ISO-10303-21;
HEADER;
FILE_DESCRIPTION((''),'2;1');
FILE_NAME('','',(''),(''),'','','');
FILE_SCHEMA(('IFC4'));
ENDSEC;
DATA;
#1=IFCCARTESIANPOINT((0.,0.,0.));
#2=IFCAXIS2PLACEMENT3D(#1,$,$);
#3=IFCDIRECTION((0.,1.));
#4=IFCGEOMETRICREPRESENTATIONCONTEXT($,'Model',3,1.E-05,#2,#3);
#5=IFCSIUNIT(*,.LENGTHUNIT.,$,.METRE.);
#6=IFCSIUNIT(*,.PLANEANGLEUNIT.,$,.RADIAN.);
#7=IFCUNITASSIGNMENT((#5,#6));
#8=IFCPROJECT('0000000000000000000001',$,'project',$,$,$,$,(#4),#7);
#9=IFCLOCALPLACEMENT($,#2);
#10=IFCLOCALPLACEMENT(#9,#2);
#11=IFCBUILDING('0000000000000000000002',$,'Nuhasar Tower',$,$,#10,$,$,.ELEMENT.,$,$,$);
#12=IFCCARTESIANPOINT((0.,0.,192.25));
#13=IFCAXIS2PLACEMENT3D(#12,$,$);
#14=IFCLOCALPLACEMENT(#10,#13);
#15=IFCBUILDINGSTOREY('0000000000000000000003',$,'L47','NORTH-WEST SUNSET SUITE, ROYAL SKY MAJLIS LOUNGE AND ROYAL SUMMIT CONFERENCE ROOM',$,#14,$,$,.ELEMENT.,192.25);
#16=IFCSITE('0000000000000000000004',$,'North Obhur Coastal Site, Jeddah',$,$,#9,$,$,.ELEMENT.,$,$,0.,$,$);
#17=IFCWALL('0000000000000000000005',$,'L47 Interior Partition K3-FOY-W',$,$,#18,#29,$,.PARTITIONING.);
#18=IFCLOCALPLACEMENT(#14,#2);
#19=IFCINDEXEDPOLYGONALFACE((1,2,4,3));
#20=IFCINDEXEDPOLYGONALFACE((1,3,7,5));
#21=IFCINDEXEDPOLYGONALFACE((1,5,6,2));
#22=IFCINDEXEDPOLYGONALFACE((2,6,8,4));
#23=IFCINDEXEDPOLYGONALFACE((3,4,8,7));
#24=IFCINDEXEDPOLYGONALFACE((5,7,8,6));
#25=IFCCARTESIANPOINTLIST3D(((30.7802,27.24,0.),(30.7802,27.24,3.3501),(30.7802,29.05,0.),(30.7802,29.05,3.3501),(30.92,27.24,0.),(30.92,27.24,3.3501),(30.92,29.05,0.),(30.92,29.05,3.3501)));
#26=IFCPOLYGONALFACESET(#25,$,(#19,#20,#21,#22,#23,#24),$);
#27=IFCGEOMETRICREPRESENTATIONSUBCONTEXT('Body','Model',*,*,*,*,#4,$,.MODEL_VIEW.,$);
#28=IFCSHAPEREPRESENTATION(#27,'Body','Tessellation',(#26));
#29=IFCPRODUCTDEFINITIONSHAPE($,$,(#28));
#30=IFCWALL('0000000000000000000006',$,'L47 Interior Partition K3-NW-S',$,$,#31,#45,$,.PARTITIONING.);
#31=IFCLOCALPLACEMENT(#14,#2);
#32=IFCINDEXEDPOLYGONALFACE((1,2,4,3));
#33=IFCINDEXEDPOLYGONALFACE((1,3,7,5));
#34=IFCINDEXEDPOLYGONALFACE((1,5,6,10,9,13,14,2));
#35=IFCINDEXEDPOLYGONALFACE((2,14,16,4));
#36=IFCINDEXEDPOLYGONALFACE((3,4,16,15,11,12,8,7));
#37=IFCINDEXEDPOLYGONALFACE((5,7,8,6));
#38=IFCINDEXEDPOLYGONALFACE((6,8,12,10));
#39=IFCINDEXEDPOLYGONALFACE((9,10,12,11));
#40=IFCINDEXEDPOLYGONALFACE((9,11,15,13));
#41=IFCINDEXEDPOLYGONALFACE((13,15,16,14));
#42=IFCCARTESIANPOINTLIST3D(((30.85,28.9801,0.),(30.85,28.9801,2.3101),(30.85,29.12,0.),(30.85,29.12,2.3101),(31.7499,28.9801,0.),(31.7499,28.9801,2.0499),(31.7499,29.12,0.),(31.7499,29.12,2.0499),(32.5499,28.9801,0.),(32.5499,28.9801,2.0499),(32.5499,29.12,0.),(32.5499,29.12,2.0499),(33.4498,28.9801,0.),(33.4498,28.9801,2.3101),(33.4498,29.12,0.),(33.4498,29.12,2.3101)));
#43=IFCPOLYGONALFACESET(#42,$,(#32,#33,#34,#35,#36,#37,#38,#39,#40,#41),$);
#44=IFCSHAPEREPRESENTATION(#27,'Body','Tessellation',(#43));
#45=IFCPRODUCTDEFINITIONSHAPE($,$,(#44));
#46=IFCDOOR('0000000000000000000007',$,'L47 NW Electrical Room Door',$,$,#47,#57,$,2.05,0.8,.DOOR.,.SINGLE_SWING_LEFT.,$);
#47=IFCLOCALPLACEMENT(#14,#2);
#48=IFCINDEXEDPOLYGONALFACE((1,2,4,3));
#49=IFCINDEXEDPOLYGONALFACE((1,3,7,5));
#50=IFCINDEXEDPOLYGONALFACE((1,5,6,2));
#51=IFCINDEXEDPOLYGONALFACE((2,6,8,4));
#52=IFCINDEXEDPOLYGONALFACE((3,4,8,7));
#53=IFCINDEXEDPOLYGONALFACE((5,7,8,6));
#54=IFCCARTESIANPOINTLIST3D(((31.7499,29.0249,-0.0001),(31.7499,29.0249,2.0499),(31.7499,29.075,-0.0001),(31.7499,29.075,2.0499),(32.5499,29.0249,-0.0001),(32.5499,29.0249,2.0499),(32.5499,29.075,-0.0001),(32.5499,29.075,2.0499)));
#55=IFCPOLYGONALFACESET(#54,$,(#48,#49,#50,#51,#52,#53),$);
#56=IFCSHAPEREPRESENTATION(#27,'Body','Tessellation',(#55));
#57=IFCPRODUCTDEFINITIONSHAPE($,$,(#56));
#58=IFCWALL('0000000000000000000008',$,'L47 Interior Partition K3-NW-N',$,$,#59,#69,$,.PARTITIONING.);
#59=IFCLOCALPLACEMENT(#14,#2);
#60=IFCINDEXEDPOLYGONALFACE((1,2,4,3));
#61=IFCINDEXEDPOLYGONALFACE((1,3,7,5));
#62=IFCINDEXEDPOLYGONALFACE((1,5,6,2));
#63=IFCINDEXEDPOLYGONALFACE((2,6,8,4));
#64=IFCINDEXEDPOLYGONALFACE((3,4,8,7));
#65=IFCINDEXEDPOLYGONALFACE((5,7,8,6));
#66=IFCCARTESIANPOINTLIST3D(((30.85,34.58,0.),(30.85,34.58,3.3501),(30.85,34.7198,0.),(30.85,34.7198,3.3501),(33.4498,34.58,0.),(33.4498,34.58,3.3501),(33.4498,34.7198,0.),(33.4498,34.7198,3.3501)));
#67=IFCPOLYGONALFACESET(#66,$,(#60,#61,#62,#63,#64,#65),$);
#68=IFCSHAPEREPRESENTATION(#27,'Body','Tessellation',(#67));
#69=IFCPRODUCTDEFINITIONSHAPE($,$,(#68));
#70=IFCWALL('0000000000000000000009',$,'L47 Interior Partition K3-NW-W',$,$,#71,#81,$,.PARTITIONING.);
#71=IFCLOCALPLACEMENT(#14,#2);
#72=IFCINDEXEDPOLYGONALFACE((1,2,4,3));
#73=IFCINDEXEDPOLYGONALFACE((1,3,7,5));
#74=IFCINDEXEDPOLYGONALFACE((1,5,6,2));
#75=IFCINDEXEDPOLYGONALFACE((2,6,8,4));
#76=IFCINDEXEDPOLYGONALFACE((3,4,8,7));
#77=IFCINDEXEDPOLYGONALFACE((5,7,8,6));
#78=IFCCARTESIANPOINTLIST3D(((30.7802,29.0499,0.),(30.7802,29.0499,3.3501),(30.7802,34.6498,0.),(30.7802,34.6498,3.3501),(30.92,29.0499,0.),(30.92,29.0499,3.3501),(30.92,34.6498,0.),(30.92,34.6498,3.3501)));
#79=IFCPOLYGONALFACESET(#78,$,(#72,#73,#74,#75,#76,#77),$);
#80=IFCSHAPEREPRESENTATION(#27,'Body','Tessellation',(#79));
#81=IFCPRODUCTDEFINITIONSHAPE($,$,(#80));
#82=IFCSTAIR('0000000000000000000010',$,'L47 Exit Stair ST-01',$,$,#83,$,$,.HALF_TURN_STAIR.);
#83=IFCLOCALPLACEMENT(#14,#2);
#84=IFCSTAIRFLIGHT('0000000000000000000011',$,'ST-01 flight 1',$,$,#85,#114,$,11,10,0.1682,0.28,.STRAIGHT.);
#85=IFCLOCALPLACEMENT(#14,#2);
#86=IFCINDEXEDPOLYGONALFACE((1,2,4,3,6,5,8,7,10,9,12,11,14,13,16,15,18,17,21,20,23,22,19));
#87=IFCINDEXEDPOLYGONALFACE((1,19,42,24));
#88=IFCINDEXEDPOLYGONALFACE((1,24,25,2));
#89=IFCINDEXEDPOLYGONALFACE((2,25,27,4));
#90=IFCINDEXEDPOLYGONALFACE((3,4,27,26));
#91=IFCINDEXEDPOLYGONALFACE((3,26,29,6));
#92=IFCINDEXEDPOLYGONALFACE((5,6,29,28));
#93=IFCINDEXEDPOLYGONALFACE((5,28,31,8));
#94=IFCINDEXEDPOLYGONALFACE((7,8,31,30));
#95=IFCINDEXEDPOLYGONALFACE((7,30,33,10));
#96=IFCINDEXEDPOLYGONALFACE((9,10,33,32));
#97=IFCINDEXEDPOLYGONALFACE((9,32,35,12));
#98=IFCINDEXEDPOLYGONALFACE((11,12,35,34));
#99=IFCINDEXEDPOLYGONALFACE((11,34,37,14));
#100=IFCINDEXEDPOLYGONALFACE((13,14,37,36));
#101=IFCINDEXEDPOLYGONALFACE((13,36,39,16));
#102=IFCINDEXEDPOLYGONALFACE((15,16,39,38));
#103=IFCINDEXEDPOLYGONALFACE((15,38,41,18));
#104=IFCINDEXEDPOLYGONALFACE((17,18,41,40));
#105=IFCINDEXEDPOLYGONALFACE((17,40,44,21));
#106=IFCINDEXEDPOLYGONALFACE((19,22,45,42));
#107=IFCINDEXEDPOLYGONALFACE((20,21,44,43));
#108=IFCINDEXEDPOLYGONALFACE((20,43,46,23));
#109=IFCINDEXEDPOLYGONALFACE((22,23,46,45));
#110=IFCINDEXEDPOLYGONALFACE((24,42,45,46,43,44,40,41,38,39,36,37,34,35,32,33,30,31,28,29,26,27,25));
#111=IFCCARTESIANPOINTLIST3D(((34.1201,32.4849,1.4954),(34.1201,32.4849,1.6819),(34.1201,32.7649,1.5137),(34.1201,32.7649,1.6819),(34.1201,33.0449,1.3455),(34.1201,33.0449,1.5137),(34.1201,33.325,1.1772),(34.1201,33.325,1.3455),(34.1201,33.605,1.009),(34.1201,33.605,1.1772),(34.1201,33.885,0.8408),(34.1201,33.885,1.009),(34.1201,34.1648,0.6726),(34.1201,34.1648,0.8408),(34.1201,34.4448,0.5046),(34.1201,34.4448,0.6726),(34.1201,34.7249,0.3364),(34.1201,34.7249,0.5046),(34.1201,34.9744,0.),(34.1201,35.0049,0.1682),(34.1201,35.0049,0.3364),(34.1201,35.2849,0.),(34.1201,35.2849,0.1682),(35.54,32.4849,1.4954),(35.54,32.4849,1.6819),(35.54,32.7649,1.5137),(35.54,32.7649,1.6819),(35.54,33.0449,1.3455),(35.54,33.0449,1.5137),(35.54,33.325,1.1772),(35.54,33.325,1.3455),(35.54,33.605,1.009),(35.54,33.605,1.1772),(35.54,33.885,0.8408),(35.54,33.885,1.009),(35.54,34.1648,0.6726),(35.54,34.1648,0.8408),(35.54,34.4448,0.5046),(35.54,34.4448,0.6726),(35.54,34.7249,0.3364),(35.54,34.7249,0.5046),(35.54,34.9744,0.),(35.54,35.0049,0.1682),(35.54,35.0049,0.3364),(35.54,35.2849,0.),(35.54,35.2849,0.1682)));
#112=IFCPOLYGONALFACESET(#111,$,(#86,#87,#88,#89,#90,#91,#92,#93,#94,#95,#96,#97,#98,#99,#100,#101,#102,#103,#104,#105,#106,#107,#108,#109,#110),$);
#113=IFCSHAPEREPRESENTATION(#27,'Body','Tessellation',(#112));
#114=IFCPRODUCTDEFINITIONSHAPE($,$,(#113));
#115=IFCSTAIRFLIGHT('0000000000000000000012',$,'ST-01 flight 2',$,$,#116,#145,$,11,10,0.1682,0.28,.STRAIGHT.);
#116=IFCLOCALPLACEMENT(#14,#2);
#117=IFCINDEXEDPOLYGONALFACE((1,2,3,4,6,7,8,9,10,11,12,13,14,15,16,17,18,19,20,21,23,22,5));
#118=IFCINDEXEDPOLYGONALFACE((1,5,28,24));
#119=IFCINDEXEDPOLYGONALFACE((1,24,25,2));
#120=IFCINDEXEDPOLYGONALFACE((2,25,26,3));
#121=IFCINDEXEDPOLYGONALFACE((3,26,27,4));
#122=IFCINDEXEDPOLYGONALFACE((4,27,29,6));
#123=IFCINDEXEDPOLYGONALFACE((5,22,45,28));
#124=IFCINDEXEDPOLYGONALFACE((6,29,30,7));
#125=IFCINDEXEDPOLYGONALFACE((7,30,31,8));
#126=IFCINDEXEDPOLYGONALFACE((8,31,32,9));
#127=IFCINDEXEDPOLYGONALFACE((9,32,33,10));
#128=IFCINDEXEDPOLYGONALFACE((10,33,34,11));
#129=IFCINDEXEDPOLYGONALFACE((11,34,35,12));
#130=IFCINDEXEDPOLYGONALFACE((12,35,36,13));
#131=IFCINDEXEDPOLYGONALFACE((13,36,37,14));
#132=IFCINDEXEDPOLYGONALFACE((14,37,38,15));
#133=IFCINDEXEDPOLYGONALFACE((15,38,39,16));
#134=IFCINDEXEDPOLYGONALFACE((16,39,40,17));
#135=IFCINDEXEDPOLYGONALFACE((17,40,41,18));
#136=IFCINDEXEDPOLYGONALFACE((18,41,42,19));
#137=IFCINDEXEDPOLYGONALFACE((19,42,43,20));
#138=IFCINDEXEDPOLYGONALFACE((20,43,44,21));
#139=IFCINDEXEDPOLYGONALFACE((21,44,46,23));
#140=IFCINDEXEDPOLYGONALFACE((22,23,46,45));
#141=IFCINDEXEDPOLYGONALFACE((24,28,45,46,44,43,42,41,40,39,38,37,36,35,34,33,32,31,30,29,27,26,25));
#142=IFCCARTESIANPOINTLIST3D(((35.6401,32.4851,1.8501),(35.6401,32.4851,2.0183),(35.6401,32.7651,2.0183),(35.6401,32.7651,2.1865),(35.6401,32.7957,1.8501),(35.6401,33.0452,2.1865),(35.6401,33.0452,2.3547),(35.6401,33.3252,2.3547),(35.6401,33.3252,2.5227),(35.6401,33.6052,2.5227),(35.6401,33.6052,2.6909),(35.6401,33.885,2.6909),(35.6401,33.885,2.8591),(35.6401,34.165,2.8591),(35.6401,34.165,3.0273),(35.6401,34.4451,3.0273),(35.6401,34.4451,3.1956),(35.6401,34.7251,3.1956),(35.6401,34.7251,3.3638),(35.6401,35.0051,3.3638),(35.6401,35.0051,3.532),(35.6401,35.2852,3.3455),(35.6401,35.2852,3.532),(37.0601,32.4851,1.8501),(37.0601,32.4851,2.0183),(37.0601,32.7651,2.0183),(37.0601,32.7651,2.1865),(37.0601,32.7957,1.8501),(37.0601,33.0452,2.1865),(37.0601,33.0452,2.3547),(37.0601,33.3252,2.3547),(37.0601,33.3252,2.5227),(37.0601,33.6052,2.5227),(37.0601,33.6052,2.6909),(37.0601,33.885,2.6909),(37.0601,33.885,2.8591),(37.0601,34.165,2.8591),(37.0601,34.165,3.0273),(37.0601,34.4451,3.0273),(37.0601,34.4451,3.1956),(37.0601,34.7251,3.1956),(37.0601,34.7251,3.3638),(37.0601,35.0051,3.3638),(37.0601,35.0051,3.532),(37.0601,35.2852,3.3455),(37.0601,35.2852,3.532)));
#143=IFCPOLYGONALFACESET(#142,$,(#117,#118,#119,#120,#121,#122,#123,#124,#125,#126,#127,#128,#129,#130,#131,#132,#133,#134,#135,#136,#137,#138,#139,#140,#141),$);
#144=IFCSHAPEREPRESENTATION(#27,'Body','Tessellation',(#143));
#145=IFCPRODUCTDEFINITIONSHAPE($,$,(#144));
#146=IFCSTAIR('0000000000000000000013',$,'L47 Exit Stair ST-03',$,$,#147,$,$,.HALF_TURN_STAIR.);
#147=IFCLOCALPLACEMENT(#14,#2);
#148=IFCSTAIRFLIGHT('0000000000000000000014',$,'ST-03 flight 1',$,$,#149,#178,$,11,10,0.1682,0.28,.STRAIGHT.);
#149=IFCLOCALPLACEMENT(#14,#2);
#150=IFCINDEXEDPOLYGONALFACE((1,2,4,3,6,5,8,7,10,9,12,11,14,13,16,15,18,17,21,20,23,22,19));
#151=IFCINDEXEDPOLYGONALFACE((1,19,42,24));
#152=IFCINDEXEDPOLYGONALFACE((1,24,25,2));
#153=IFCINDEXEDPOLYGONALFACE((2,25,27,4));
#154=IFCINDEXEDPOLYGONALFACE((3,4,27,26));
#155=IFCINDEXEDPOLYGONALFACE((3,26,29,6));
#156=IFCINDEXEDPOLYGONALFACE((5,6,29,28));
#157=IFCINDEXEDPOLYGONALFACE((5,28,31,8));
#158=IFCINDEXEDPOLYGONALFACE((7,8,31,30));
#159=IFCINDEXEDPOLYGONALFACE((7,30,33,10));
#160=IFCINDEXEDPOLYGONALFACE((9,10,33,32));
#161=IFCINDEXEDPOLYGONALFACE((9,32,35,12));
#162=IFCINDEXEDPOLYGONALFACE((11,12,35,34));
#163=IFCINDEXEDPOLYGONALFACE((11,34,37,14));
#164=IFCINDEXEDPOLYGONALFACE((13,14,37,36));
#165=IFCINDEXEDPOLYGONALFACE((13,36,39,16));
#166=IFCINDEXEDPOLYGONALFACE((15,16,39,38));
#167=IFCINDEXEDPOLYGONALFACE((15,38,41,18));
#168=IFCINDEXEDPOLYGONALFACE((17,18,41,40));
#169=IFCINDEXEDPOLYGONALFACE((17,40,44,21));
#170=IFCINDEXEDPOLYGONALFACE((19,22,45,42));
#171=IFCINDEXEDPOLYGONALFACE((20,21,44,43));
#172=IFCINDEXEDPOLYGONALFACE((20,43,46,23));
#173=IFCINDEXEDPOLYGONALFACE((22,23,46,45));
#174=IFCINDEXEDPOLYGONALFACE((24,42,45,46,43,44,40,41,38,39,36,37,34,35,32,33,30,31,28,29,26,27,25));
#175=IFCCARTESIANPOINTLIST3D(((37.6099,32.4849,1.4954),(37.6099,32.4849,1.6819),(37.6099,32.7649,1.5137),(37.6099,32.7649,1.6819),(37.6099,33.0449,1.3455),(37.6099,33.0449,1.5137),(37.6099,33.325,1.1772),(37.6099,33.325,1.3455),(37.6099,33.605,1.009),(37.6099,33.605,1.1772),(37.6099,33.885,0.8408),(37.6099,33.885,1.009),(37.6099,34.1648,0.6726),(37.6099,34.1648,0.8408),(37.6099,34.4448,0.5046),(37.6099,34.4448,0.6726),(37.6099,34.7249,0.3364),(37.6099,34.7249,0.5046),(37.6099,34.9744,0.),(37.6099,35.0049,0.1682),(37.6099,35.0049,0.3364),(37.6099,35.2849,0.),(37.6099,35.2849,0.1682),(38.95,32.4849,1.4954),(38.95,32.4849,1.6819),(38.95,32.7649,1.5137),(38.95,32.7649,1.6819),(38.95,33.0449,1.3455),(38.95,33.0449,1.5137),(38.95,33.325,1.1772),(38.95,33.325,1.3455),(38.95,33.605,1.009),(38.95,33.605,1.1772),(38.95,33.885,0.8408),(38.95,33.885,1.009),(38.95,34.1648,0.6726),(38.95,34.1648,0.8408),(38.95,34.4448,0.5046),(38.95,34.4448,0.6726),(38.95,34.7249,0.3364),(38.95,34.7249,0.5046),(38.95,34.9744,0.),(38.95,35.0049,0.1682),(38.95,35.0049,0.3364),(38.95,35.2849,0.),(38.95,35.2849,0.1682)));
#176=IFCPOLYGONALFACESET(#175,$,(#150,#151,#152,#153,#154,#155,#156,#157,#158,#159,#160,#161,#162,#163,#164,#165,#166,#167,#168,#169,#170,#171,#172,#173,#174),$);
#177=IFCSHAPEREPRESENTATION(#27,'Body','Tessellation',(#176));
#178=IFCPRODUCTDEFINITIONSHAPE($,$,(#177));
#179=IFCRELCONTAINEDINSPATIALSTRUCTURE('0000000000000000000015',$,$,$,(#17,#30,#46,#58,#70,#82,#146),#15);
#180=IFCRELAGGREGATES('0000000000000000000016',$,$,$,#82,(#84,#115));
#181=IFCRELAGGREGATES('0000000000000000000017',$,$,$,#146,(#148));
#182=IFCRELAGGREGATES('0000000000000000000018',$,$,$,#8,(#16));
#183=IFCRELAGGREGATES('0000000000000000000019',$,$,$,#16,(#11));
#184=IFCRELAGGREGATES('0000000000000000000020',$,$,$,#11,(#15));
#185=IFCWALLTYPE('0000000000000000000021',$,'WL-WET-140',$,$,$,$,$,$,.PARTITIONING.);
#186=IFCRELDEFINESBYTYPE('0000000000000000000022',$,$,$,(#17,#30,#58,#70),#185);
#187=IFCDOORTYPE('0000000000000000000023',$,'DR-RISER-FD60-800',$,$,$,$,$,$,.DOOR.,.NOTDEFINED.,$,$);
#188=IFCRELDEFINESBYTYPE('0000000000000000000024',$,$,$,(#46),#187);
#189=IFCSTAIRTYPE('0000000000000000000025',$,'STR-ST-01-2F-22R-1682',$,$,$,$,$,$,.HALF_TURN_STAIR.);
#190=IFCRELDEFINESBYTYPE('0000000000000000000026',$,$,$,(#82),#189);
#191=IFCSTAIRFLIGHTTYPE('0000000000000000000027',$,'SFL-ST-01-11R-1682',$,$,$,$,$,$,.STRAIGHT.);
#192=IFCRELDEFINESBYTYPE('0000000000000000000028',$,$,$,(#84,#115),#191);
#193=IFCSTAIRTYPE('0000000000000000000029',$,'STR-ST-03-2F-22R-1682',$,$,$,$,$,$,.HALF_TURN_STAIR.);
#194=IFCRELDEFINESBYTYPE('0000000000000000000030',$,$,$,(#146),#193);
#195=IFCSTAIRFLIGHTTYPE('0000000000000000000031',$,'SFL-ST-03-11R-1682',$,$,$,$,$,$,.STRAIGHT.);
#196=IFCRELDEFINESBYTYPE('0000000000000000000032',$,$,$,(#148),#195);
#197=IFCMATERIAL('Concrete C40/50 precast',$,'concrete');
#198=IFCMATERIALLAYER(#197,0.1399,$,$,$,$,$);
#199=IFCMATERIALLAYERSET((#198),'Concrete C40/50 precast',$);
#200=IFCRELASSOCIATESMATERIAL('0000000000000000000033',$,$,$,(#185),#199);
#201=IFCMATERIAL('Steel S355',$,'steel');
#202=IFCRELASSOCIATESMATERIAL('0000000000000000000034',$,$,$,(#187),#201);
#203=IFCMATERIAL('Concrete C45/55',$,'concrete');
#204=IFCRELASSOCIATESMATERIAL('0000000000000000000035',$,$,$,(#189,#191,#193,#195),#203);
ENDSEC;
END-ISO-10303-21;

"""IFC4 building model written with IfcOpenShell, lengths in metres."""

from ifc_helpers import new_model, si_unit, direction, frame, frame_2d, origin, place, context, subcontext, project, spatial, polyline, rectangle, outline, extrude, material, layer, layer_set, type_object, element, fill, aggregate, save


model = new_model("IFC4")

# Units and contexts
model_context = context("Model", 3, precision=1e-05, world=origin(), true_north=direction((0.0, 1.0)))
body_context = subcontext(model_context, "Body", "Model", "MODEL_VIEW")
ifc_project = project(units=[si_unit("LENGTHUNIT", "METRE"), si_unit("PLANEANGLEUNIT", "RADIAN")], contexts=[model_context])

# Site, building, storey
site_placement = place(None, origin())
site = spatial("IfcSite", under=ifc_project, at=site_placement, Name="North Obhur Coastal Site, Jeddah", CompositionType="ELEMENT", RefElevation=0.0)
building_placement = place(site_placement, origin())
building = spatial("IfcBuilding", under=site, at=building_placement, Name="Nuhasar Tower", CompositionType="ELEMENT")
storey_placement = place(building_placement, frame((0.0, 0.0, 192.25)))
storey = spatial("IfcBuildingStorey", under=building, at=storey_placement, Name="L47", Description="NORTH-WEST SUNSET SUITE, ROYAL SKY MAJLIS LOUNGE AND ROYAL SUMMIT CONFERENCE ROOM", CompositionType="ELEMENT", Elevation=192.25)

# Shared definitions
ifc_material_1 = material(Name="Steel S355", Category="steel")

# Shared definitions
ifc_material_2 = material(Name="Concrete C40/50 precast", Category="concrete")
ifc_layer_1 = layer(ifc_material_2, 0.1399)
ifc_layer_set_1 = layer_set([ifc_layer_1], Name="Concrete C40/50 precast")
wall_type_1 = type_object("IfcWallType", Name="WL-WET-140", PredefinedType="PARTITIONING", material=ifc_layer_set_1)

# Wall
wall_1_placement = place(storey_placement, frame((30.8501, 27.24, 0.0), z_axis=(0.0, 0.0, 1.0), x_axis=(0.0, 1.0, 0.0)))
element("IfcWall", 1, at=wall_1_placement, inside=storey, type_object=wall_type_1, Name="L47 Interior Partition K3-FOY-W", PredefinedType="PARTITIONING", context=body_context, shape_type="SweptSolid", body=[
    extrude(rectangle(XDim=1.8101, YDim=0.1399, at=frame_2d((0.905, 0.0))), origin(), (0.0, 0.0, 1.0), 3.3501),
])

# Wall, opening, door
wall_2_placement = place(storey_placement, frame((30.8501, 29.05, 0.0), z_axis=(0.0, 0.0, 1.0), x_axis=(1.0, 0.0, 0.0)))
wall_2 = element("IfcWall", 2, at=wall_2_placement, inside=storey, type_object=wall_type_1, Name="L47 Interior Partition K3-NW-S", PredefinedType="PARTITIONING", context=body_context, shape_type="SweptSolid", body=[
    extrude(rectangle(XDim=2.5999, YDim=0.1399, at=frame_2d((1.2998, 0.0))), origin(), (0.0, 0.0, 1.0), 2.3101),
])
opening_1_placement = place(wall_2_placement, frame((0.8999, 0.0, 0.0)))
opening_1 = element("IfcOpeningElement", 3, at=opening_1_placement, cuts=wall_2, PredefinedType="OPENING", context=body_context, shape_type="SweptSolid", body=[
    extrude(rectangle(XDim=0.8, YDim=2.05, at=frame_2d((0.3999, 1.0249))), frame((0.0, 0.0801, 0.0), z_axis=(0.0, -1.0, 0.0), x_axis=(1.0, 0.0, 0.0)), (0.0, 0.0, 1.0), 0.1599),
])
door_type_1 = type_object("IfcDoorType", Name="DR-RISER-FD60-800", OperationType="NOTDEFINED", PredefinedType="DOOR", material=ifc_material_1)
door_1_placement = place(opening_1_placement, origin())
door_1 = element("IfcDoor", 4, at=door_1_placement, inside=storey, type_object=door_type_1, Name="L47 NW Electrical Room Door", OperationType="SINGLE_SWING_LEFT", OverallHeight=2.05, OverallWidth=0.8, PredefinedType="DOOR", context=body_context, shape_type="SweptSolid", body=[
    extrude(rectangle(XDim=0.8, YDim=2.05, at=frame_2d((0.3999, 1.0249))), frame((0.0, 0.0249, 0.0), z_axis=(0.0, -1.0, 0.0), x_axis=(1.0, 0.0, 0.0)), (0.0, 0.0, 1.0), 0.05),
])
fill(opening_1, door_1)

# Walls
wall_3_placement = place(storey_placement, frame((30.8501, 34.6499, 0.0), z_axis=(0.0, 0.0, 1.0), x_axis=(1.0, 0.0, 0.0)))
element("IfcWall", 5, at=wall_3_placement, inside=storey, type_object=wall_type_1, Name="L47 Interior Partition K3-NW-N", PredefinedType="PARTITIONING", context=body_context, shape_type="SweptSolid", body=[
    extrude(rectangle(XDim=2.5999, YDim=0.1399, at=frame_2d((1.2998, 0.0))), origin(), (0.0, 0.0, 1.0), 3.3501),
])
wall_4_placement = place(storey_placement, frame((30.8501, 29.05, 0.0), z_axis=(0.0, 0.0, 1.0), x_axis=(0.0, 1.0, 0.0)))
element("IfcWall", 6, at=wall_4_placement, inside=storey, type_object=wall_type_1, Name="L47 Interior Partition K3-NW-W", PredefinedType="PARTITIONING", context=body_context, shape_type="SweptSolid", body=[
    extrude(rectangle(XDim=5.5999, YDim=0.1399, at=frame_2d((2.7998, 0.0))), origin(), (0.0, 0.0, 1.0), 3.3501),
])

# Stair, stair flights
ifc_material_3 = material(Name="Concrete C45/55", Category="concrete")
stair_type_1 = type_object("IfcStairType", Name="STR-ST-01-2F-22R-1682", PredefinedType="HALF_TURN_STAIR", material=ifc_material_3)
stair_1_placement = place(storey_placement, origin())
stair_1 = element("IfcStair", 7, at=stair_1_placement, inside=storey, type_object=stair_type_1, Name="L47 Exit Stair ST-01", PredefinedType="HALF_TURN_STAIR")
stair_flight_type_1 = type_object("IfcStairFlightType", Name="SFL-ST-01-11R-1682", PredefinedType="STRAIGHT", material=ifc_material_3)
stair_flight_1_placement = place(storey_placement, frame((34.8301, 35.2849, 0.0), z_axis=(0.0, 0.0, 1.0), x_axis=(0.0, -1.0, 0.0)))
stair_flight_1 = element("IfcStairFlight", 8, at=stair_flight_1_placement, type_object=stair_flight_type_1, Name="ST-01 flight 1", NumberOfRisers=11, NumberOfTreads=10, PredefinedType="STRAIGHT", RiserHeight=0.1682, TreadLength=0.28, context=body_context, shape_type="SweptSolid", body=[
    extrude(outline(polyline([(0.0, 0.0), (0.0, 0.1682), (0.28, 0.1682), (0.28, 0.3364), (0.5601, 0.3364), (0.5601, 0.5046), (0.8401, 0.5046), (0.8401, 0.6726), (1.1201, 0.6726), (1.1201, 0.8408), (1.3999, 0.8408), (1.3999, 1.009), (1.6799, 1.009), (1.6799, 1.1772), (1.96, 1.1772), (1.96, 1.3455), (2.24, 1.3455), (2.24, 1.5137), (2.52, 1.5137), (2.52, 1.6819), (2.8, 1.6819), (2.8, 1.8501), (2.8, 1.4954), (0.3105, 0.0), (0.0, 0.0)])), frame((0.0, 0.71, 0.0), z_axis=(0.0, -1.0, 0.0), x_axis=(1.0, 0.0, 0.0)), (0.0, 0.0, 1.0), 1.4199),
])
stair_flight_2_placement = place(storey_placement, frame((36.3501, 32.4851, 1.8501), z_axis=(0.0, 0.0, 1.0), x_axis=(0.0, 1.0, 0.0)))
stair_flight_2 = element("IfcStairFlight", 9, at=stair_flight_2_placement, type_object=stair_flight_type_1, Name="ST-01 flight 2", NumberOfRisers=11, NumberOfTreads=10, PredefinedType="STRAIGHT", RiserHeight=0.1682, TreadLength=0.28, context=body_context, shape_type="SweptSolid", body=[
    extrude(outline(polyline([(0.0, 0.0), (0.0, 0.1682), (0.28, 0.1682), (0.28, 0.3364), (0.5601, 0.3364), (0.5601, 0.5046), (0.8401, 0.5046), (0.8401, 0.6726), (1.1201, 0.6726), (1.1201, 0.8408), (1.3999, 0.8408), (1.3999, 1.009), (1.6799, 1.009), (1.6799, 1.1772), (1.96, 1.1772), (1.96, 1.3455), (2.24, 1.3455), (2.24, 1.5137), (2.52, 1.5137), (2.52, 1.6819), (2.8, 1.6819), (2.8, 1.8501), (2.8, 1.4954), (0.3105, 0.0), (0.0, 0.0)])), frame((0.0, 0.71, 0.0), z_axis=(0.0, -1.0, 0.0), x_axis=(1.0, 0.0, 0.0)), (0.0, 0.0, 1.0), 1.4199),
])
aggregate(stair_1, [stair_flight_1, stair_flight_2])

# Stair, stair flight
stair_type_2 = type_object("IfcStairType", Name="STR-ST-03-2F-22R-1682", PredefinedType="HALF_TURN_STAIR", material=ifc_material_3)
stair_2_placement = place(storey_placement, origin())
stair_2 = element("IfcStair", 10, at=stair_2_placement, inside=storey, type_object=stair_type_2, Name="L47 Exit Stair ST-03", PredefinedType="HALF_TURN_STAIR")
stair_flight_type_2 = type_object("IfcStairFlightType", Name="SFL-ST-03-11R-1682", PredefinedType="STRAIGHT", material=ifc_material_3)
stair_flight_3_placement = place(storey_placement, frame((38.28, 35.2849, 0.0), z_axis=(0.0, 0.0, 1.0), x_axis=(0.0, -1.0, 0.0)))
stair_flight_3 = element("IfcStairFlight", 11, at=stair_flight_3_placement, type_object=stair_flight_type_2, Name="ST-03 flight 1", NumberOfRisers=11, NumberOfTreads=10, PredefinedType="STRAIGHT", RiserHeight=0.1682, TreadLength=0.28, context=body_context, shape_type="SweptSolid", body=[
    extrude(outline(polyline([(0.0, 0.0), (0.0, 0.1682), (0.28, 0.1682), (0.28, 0.3364), (0.5601, 0.3364), (0.5601, 0.5046), (0.8401, 0.5046), (0.8401, 0.6726), (1.1201, 0.6726), (1.1201, 0.8408), (1.3999, 0.8408), (1.3999, 1.009), (1.6799, 1.009), (1.6799, 1.1772), (1.96, 1.1772), (1.96, 1.3455), (2.24, 1.3455), (2.24, 1.5137), (2.52, 1.5137), (2.52, 1.6819), (2.8, 1.6819), (2.8, 1.8501), (2.8, 1.4954), (0.3105, 0.0), (0.0, 0.0)])), frame((0.0, 0.6699, 0.0), z_axis=(0.0, -1.0, 0.0), x_axis=(1.0, 0.0, 0.0)), (0.0, 0.0, 1.0), 1.3401),
])
aggregate(stair_2, [stair_flight_3])

save(model, "model.ifc")
